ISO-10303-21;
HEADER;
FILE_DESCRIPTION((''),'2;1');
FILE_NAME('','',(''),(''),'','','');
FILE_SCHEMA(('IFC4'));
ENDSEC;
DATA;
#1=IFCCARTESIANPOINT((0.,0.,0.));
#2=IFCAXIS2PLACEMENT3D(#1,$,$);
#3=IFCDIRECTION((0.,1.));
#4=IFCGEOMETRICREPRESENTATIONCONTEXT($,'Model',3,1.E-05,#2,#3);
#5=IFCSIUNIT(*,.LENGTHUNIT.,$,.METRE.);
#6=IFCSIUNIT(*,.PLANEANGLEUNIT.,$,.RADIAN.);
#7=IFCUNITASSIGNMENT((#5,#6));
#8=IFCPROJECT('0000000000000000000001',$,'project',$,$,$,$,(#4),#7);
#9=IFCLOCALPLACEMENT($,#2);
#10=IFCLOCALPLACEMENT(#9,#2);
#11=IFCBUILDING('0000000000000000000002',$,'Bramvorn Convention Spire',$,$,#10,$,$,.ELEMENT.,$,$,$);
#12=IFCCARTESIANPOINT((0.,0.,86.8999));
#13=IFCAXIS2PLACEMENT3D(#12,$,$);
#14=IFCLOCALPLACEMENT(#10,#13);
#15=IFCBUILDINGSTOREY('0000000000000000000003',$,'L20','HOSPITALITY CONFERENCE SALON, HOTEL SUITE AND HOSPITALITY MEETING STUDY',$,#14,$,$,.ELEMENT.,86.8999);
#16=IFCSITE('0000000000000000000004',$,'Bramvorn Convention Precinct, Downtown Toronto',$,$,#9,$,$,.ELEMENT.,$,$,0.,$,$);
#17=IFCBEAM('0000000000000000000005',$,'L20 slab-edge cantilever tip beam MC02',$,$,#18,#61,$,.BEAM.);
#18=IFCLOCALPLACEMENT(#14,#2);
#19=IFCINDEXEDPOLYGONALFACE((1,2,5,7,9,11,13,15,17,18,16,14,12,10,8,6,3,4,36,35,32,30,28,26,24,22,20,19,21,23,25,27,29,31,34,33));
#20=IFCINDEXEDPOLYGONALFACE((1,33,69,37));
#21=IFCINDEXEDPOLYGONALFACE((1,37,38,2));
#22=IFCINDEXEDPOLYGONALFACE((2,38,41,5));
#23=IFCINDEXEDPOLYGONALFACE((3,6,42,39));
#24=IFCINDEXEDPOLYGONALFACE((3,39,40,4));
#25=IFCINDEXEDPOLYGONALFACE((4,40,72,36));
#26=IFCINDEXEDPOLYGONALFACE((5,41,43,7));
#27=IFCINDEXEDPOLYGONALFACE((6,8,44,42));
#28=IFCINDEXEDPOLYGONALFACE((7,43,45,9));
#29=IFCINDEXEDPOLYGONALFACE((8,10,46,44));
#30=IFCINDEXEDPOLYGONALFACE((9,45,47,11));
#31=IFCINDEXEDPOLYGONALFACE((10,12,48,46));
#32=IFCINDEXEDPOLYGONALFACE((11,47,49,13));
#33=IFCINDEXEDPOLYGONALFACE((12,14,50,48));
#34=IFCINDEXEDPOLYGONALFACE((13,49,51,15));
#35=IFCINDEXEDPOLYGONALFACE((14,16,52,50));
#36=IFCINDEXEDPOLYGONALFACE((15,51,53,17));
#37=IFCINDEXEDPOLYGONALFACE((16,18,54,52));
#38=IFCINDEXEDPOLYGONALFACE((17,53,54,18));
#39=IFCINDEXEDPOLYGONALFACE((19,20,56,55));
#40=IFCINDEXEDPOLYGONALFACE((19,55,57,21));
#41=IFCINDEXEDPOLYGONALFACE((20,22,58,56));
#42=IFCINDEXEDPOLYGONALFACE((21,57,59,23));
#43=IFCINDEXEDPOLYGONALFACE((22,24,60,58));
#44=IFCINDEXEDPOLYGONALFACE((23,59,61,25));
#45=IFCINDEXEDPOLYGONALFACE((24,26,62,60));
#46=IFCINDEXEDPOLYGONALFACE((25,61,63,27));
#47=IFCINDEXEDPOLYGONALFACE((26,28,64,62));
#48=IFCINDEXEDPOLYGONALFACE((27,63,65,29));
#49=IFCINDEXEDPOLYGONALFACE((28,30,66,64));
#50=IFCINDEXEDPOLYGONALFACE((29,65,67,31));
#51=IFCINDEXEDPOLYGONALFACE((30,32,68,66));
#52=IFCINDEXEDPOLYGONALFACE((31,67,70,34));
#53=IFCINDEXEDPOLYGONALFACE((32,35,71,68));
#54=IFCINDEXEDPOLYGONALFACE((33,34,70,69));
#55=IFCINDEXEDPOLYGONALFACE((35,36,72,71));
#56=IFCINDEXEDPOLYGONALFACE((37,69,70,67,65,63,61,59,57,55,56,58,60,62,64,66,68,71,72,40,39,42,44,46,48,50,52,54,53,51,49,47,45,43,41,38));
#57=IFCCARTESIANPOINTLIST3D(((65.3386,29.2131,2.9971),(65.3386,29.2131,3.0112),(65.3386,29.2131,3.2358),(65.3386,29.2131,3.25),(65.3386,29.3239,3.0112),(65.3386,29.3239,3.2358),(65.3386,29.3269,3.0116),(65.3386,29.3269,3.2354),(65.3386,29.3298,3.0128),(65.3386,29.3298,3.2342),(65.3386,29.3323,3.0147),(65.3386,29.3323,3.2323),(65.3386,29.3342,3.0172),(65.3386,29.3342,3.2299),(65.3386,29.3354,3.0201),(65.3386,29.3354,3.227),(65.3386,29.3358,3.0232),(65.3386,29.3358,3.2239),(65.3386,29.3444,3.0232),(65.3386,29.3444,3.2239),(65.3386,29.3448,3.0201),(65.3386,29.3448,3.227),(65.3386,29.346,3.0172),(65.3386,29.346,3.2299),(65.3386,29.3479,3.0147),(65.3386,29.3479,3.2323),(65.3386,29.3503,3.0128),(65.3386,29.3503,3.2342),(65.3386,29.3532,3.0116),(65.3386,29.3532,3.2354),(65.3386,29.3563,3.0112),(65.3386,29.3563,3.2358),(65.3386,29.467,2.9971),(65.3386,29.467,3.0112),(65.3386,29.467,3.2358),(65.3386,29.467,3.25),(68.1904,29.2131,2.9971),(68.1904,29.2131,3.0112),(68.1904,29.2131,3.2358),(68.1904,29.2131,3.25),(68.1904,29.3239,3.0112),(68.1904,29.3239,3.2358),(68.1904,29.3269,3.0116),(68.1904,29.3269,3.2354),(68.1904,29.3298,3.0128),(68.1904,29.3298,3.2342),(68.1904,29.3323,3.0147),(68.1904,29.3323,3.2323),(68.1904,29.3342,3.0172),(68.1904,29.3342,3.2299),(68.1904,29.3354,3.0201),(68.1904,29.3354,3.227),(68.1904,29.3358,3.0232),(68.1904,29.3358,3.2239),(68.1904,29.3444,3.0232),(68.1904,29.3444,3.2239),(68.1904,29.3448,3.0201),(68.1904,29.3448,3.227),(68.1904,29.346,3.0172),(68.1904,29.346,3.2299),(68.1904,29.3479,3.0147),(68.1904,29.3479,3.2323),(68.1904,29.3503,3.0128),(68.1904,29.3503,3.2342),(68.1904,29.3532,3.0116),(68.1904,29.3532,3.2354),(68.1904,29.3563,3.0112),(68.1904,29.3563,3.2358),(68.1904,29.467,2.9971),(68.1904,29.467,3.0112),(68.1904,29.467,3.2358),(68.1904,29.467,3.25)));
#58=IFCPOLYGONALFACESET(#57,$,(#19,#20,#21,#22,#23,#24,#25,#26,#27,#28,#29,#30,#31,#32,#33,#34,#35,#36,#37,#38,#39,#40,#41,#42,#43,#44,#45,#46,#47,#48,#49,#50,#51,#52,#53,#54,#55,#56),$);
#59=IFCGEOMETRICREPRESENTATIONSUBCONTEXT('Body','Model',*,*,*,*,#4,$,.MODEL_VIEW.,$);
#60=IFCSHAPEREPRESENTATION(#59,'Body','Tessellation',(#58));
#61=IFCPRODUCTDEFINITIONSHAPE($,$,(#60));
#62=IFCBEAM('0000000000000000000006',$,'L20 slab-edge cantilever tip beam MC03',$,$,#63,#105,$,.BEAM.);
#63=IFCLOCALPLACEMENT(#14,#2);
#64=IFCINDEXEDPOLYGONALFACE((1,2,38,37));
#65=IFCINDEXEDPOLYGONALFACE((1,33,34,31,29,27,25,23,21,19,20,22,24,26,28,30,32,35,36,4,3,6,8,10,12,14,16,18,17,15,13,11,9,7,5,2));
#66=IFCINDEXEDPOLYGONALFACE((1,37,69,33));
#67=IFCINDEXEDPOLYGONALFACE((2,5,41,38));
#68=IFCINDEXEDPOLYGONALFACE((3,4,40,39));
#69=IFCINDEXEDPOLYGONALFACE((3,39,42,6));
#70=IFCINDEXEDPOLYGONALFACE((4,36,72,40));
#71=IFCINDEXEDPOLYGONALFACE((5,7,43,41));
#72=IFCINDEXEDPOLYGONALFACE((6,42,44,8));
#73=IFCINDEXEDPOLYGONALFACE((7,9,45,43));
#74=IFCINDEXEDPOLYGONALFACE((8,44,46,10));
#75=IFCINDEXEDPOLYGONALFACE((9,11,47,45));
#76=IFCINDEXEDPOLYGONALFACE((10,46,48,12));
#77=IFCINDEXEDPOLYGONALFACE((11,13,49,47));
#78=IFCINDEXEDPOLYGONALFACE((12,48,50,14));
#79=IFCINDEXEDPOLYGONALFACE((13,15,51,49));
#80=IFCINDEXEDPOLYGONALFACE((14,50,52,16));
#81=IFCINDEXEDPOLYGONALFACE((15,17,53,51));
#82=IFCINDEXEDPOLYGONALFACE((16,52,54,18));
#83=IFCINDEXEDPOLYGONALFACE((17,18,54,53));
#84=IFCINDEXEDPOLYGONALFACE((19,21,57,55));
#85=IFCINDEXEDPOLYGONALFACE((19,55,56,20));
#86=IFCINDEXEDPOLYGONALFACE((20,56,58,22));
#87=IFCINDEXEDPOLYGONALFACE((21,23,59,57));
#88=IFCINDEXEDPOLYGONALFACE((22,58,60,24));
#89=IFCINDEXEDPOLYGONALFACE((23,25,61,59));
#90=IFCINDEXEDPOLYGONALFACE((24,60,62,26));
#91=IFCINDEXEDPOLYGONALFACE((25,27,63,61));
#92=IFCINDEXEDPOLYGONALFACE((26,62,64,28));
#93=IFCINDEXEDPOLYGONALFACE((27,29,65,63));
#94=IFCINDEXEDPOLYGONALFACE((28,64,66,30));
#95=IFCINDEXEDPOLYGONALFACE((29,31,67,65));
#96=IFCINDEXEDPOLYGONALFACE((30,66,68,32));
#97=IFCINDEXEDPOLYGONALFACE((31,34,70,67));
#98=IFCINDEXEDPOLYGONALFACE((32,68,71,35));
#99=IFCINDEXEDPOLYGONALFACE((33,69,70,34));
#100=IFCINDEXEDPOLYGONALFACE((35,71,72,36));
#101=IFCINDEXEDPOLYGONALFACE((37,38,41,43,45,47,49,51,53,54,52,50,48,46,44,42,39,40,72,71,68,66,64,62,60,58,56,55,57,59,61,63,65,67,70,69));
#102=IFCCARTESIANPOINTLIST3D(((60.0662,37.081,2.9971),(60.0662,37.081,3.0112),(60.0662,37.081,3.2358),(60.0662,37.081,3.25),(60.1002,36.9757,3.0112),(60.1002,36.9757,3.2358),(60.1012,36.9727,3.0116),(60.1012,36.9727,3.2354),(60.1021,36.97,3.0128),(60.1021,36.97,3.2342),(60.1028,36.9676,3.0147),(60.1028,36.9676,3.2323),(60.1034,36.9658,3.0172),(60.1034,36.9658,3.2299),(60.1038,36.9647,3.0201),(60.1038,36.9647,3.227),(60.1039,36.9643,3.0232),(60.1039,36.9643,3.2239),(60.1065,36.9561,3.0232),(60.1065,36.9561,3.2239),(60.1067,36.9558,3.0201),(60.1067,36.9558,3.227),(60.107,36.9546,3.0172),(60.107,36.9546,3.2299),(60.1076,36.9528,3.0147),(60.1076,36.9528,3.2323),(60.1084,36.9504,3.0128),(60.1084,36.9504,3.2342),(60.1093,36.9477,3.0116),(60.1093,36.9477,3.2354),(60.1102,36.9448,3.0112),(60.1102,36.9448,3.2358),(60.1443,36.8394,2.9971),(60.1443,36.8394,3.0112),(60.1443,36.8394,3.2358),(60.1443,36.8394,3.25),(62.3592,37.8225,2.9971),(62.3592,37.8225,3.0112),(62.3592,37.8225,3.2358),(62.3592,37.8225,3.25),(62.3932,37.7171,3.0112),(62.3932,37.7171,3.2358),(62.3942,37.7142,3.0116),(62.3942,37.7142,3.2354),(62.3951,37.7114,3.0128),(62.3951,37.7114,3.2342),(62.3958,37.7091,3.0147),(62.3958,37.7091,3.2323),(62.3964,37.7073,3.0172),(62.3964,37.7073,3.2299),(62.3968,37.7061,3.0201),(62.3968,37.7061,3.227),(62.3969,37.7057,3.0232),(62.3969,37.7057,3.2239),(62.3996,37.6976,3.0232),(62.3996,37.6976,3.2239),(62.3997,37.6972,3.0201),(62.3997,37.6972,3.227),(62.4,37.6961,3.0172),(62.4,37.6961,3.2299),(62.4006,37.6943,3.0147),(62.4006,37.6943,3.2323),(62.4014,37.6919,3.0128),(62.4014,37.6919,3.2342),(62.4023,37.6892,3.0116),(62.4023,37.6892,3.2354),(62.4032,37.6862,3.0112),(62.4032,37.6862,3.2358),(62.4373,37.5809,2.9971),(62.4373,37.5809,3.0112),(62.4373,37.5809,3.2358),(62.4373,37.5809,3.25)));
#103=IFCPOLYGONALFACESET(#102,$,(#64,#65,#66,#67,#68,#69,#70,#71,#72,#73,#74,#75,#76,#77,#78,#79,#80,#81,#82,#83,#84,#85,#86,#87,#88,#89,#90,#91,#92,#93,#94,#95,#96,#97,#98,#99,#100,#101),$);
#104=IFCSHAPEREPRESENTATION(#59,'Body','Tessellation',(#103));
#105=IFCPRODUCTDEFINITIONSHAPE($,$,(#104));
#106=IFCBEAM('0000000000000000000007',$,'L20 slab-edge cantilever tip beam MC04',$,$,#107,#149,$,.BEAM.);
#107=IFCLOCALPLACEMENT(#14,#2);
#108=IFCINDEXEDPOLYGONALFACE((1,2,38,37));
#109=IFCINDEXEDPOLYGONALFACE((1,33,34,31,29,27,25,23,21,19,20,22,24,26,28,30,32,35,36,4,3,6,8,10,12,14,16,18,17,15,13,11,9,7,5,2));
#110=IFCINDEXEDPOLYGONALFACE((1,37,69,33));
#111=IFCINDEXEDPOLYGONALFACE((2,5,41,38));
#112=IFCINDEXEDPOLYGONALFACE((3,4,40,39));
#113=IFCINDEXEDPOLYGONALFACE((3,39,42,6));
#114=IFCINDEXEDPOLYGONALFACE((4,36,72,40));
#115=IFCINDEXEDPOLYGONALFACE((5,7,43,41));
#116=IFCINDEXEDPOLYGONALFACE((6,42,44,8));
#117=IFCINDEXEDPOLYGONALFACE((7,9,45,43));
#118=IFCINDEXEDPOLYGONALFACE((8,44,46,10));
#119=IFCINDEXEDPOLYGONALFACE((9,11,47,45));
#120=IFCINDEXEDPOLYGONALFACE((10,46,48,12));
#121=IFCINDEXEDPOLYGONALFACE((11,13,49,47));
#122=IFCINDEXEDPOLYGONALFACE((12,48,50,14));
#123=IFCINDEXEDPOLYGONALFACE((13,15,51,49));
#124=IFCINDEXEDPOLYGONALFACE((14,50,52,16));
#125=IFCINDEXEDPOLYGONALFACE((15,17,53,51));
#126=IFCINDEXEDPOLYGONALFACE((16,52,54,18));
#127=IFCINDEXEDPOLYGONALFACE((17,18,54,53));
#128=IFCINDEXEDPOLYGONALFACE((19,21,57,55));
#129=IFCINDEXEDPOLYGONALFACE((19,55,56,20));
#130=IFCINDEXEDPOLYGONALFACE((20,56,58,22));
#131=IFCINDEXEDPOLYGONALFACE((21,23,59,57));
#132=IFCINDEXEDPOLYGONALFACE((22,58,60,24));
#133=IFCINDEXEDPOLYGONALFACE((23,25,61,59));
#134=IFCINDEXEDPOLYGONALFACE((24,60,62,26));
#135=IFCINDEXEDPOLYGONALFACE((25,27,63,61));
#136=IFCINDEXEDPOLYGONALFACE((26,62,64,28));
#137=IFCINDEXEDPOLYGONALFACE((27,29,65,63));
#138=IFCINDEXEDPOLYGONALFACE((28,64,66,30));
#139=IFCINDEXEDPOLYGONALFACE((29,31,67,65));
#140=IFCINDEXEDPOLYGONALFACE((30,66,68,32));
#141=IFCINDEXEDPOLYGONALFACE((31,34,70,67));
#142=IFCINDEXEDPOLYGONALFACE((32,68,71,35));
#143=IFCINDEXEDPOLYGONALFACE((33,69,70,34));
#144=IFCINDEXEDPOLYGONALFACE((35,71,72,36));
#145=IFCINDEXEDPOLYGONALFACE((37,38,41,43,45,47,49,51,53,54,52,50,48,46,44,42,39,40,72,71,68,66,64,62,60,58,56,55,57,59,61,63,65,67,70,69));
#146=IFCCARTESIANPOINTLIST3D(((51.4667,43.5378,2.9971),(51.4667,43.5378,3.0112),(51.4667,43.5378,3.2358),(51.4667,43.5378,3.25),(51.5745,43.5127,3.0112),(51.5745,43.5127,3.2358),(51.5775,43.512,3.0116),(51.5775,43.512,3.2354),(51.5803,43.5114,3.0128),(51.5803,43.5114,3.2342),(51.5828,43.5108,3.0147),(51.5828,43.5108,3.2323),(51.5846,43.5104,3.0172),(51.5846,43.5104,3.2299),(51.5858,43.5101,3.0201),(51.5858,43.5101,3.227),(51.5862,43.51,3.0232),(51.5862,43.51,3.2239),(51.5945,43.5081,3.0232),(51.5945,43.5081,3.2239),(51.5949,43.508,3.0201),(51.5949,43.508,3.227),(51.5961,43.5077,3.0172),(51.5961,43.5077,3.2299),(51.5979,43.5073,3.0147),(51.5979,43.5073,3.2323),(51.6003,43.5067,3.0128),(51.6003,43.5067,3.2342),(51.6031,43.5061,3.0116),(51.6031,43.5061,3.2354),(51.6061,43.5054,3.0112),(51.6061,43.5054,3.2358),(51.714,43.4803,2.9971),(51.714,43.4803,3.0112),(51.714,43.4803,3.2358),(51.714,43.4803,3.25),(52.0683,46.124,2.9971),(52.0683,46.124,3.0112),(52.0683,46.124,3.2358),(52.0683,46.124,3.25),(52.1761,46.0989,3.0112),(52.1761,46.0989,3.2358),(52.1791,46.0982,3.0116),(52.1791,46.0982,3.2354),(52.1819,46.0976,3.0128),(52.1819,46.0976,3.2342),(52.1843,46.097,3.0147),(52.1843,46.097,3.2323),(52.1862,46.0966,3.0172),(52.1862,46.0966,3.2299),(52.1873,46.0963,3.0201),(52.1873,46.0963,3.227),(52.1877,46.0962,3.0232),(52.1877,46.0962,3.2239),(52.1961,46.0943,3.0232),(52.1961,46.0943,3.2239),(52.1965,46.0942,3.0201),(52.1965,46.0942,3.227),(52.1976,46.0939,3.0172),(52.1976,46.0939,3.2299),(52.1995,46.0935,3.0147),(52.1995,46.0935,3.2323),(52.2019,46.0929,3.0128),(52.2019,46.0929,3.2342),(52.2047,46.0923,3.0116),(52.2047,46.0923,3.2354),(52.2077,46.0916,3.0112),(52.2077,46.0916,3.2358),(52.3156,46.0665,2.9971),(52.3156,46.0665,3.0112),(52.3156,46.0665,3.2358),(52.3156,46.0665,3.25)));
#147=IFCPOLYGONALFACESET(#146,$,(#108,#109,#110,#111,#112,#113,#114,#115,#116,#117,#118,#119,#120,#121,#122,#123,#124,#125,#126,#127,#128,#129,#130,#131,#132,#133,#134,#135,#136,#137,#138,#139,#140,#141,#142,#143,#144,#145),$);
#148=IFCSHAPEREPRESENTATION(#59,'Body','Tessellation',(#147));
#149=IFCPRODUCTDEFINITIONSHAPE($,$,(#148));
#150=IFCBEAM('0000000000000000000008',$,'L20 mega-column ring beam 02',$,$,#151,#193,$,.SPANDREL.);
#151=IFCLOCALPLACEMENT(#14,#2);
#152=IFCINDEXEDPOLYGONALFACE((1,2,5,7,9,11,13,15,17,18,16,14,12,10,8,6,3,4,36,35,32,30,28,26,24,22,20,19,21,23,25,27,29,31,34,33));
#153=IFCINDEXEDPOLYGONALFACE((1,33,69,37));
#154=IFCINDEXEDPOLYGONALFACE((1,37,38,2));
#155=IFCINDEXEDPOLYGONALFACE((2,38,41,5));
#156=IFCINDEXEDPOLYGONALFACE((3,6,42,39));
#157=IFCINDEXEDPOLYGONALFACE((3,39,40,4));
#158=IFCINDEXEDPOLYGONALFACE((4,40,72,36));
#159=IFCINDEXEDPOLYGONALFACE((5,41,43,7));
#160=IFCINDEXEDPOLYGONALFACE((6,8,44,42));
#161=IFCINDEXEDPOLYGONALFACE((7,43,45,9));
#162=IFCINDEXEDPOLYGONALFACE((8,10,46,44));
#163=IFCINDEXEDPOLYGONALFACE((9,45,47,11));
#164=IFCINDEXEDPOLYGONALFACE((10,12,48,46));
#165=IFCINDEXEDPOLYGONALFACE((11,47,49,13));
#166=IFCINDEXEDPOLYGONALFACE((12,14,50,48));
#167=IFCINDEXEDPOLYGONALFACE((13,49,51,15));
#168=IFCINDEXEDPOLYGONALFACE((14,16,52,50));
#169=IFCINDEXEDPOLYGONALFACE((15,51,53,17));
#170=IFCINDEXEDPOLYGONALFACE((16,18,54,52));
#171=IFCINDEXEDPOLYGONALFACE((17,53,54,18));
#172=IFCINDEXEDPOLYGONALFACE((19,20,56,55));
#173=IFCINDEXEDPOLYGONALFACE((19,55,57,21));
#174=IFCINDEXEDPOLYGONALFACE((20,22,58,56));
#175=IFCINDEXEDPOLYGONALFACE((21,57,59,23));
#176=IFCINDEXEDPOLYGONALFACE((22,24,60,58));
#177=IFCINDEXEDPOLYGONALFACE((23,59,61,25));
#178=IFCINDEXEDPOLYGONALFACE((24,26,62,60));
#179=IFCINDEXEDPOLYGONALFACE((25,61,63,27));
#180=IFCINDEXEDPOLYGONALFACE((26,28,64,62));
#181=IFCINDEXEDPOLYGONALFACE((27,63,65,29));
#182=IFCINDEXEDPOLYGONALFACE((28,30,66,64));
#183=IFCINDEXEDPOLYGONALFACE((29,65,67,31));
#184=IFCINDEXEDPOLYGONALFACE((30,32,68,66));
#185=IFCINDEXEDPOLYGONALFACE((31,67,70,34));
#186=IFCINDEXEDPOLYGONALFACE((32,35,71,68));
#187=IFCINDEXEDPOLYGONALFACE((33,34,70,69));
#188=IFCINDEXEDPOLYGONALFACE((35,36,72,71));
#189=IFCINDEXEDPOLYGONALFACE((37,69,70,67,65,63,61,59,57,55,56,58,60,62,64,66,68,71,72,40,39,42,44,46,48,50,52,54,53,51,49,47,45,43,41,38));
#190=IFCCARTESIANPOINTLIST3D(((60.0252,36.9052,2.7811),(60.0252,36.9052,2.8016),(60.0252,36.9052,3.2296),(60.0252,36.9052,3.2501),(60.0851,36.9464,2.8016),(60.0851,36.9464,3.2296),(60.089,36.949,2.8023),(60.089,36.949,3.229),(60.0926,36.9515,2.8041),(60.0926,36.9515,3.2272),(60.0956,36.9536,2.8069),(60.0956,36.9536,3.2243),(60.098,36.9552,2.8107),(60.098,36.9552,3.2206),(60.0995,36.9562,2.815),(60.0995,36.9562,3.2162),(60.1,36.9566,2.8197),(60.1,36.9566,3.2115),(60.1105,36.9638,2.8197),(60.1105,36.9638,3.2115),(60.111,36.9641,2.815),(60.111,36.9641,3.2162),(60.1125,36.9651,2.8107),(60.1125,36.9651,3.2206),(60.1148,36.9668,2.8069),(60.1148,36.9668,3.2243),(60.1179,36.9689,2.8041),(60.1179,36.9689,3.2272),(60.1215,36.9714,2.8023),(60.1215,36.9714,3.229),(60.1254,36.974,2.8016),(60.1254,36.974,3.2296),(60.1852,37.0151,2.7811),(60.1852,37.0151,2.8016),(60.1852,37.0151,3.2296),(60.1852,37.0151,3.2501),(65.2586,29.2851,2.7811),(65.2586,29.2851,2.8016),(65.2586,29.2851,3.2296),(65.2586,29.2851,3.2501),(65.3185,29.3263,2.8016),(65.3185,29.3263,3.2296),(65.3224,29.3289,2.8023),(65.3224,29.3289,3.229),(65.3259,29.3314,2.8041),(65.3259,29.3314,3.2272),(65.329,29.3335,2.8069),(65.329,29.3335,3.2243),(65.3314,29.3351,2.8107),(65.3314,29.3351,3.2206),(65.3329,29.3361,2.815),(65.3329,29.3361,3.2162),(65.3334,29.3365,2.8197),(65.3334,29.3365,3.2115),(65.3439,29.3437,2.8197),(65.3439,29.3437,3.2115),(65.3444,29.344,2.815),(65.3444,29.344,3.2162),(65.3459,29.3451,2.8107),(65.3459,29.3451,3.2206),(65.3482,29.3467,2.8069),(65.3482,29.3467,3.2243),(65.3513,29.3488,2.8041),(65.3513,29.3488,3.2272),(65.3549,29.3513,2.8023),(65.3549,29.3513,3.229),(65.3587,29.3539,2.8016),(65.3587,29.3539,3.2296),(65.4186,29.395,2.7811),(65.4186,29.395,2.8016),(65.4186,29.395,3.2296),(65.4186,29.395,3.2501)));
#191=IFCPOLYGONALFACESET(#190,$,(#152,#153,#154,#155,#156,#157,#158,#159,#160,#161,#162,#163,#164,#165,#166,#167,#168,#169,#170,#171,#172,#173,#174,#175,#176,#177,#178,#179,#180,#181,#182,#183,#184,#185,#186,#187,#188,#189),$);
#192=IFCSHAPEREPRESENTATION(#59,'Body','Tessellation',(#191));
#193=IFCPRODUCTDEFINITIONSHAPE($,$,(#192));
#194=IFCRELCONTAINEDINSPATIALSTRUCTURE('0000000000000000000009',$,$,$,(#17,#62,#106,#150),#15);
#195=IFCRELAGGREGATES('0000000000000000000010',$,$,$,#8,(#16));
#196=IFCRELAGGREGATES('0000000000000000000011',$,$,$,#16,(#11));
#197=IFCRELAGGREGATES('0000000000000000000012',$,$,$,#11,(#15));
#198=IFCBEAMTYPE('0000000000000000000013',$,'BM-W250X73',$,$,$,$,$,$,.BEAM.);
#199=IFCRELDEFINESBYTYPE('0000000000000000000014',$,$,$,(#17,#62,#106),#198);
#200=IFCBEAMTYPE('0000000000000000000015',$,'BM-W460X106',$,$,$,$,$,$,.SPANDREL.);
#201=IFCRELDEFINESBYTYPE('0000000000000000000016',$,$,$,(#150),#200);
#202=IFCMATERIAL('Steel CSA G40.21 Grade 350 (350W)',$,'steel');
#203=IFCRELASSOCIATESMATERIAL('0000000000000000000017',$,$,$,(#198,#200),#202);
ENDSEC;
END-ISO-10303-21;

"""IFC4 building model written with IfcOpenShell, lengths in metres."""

from ifc_helpers import new_model, si_unit, direction, frame, origin, origin_2d, place, context, subcontext, project, spatial, i_section, extrude, material, material_profile, profile_set, type_object, element, save


model = new_model("IFC4")

# Units and contexts
model_context = context("Model", 3, precision=1e-05, world=origin(), true_north=direction((0.0, 1.0)))
body_context = subcontext(model_context, "Body", "Model", "MODEL_VIEW")
ifc_project = project(units=[si_unit("LENGTHUNIT", "METRE"), si_unit("PLANEANGLEUNIT", "RADIAN")], contexts=[model_context])

# Site, building, storey
site_placement = place(None, origin())
site = spatial("IfcSite", under=ifc_project, at=site_placement, Name="Bramvorn Convention Precinct, Downtown Toronto", CompositionType="ELEMENT", RefElevation=0.0)
building_placement = place(site_placement, origin())
building = spatial("IfcBuilding", under=site, at=building_placement, Name="Bramvorn Convention Spire", CompositionType="ELEMENT")
storey_placement = place(building_placement, frame((0.0, 0.0, 86.8999)))
storey = spatial("IfcBuildingStorey", under=building, at=storey_placement, Name="L20", Description="HOSPITALITY CONFERENCE SALON, HOTEL SUITE AND HOSPITALITY MEETING STUDY", CompositionType="ELEMENT", Elevation=86.8999)

# Shared definitions
ifc_material_1 = material(Name="Steel CSA G40.21 Grade 350 (350W)", Category="steel")

# Beams
ifc_material_profile_1 = material_profile(ifc_material_1, i_section(OverallWidth=0.2539, OverallDepth=0.2529, WebThickness=0.0085, FlangeThickness=0.0142, FilletRadius=0.012, at=origin_2d()))
ifc_profile_set_1 = profile_set([ifc_material_profile_1], Name="Steel CSA G40.21 Grade 350 (350W) - W250X73")
beam_type_1 = type_object("IfcBeamType", Name="BM-W250X73", PredefinedType="BEAM", material=ifc_profile_set_1)
beam_1_placement = place(storey_placement, frame((65.3386, 29.3401, 3.1235), z_axis=(1.0, 0.0, 0.0), x_axis=(0.0, 1.0, 0.0)))
element("IfcBeam", 1, at=beam_1_placement, inside=storey, type_object=beam_type_1, Name="L20 slab-edge cantilever tip beam MC02", PredefinedType="BEAM", context=body_context, shape_type="SweptSolid", body=[
    extrude(i_section(OverallWidth=0.2539, OverallDepth=0.2529, WebThickness=0.0085, FlangeThickness=0.0142, FilletRadius=0.012, at=origin_2d()), origin(), (0.0, 0.0, 1.0), 2.8518),
])
beam_2_placement = place(storey_placement, frame((60.1052, 36.9602, 3.1235), z_axis=(0.951492, 0.307675, 0.0), x_axis=(-0.307675, 0.951492, 0.0)))
element("IfcBeam", 2, at=beam_2_placement, inside=storey, type_object=beam_type_1, Name="L20 slab-edge cantilever tip beam MC03", PredefinedType="BEAM", context=body_context, shape_type="SweptSolid", body=[
    extrude(i_section(OverallWidth=0.2539, OverallDepth=0.2529, WebThickness=0.0085, FlangeThickness=0.0142, FilletRadius=0.012, at=origin_2d()), origin(), (0.0, 0.0, 1.0), 2.4099),
])
beam_3_placement = place(storey_placement, frame((51.5903, 43.509, 3.1235), z_axis=(0.226558, 0.973998, 0.0), x_axis=(-0.973998, 0.226558, 0.0)))
element("IfcBeam", 3, at=beam_3_placement, inside=storey, type_object=beam_type_1, Name="L20 slab-edge cantilever tip beam MC04", PredefinedType="BEAM", context=body_context, shape_type="SweptSolid", body=[
    extrude(i_section(OverallWidth=0.2539, OverallDepth=0.2529, WebThickness=0.0085, FlangeThickness=0.0142, FilletRadius=0.012, at=origin_2d()), origin(), (0.0, 0.0, 1.0), 2.6553),
])
ifc_material_profile_2 = material_profile(ifc_material_1, i_section(OverallWidth=0.1941, OverallDepth=0.469, WebThickness=0.0127, FlangeThickness=0.0205, FilletRadius=0.0181, at=origin_2d()))
ifc_profile_set_2 = profile_set([ifc_material_profile_2], Name="Steel CSA G40.21 Grade 350 (350W) - W460X106")
beam_type_2 = type_object("IfcBeamType", Name="BM-W460X106", PredefinedType="SPANDREL", material=ifc_profile_set_2)
beam_4_placement = place(storey_placement, frame((65.3386, 29.3401, 3.0156), z_axis=(-0.56613, 0.824316, 0.0), x_axis=(-0.824316, -0.56613, 0.0)))
element("IfcBeam", 4, at=beam_4_placement, inside=storey, type_object=beam_type_2, Name="L20 mega-column ring beam 02", PredefinedType="SPANDREL", context=body_context, shape_type="SweptSolid", body=[
    extrude(i_section(OverallWidth=0.1941, OverallDepth=0.469, WebThickness=0.0127, FlangeThickness=0.0205, FilletRadius=0.0181, at=origin_2d()), origin(), (0.0, 0.0, 1.0), 9.2441),
])

save(model, "model.ifc")
